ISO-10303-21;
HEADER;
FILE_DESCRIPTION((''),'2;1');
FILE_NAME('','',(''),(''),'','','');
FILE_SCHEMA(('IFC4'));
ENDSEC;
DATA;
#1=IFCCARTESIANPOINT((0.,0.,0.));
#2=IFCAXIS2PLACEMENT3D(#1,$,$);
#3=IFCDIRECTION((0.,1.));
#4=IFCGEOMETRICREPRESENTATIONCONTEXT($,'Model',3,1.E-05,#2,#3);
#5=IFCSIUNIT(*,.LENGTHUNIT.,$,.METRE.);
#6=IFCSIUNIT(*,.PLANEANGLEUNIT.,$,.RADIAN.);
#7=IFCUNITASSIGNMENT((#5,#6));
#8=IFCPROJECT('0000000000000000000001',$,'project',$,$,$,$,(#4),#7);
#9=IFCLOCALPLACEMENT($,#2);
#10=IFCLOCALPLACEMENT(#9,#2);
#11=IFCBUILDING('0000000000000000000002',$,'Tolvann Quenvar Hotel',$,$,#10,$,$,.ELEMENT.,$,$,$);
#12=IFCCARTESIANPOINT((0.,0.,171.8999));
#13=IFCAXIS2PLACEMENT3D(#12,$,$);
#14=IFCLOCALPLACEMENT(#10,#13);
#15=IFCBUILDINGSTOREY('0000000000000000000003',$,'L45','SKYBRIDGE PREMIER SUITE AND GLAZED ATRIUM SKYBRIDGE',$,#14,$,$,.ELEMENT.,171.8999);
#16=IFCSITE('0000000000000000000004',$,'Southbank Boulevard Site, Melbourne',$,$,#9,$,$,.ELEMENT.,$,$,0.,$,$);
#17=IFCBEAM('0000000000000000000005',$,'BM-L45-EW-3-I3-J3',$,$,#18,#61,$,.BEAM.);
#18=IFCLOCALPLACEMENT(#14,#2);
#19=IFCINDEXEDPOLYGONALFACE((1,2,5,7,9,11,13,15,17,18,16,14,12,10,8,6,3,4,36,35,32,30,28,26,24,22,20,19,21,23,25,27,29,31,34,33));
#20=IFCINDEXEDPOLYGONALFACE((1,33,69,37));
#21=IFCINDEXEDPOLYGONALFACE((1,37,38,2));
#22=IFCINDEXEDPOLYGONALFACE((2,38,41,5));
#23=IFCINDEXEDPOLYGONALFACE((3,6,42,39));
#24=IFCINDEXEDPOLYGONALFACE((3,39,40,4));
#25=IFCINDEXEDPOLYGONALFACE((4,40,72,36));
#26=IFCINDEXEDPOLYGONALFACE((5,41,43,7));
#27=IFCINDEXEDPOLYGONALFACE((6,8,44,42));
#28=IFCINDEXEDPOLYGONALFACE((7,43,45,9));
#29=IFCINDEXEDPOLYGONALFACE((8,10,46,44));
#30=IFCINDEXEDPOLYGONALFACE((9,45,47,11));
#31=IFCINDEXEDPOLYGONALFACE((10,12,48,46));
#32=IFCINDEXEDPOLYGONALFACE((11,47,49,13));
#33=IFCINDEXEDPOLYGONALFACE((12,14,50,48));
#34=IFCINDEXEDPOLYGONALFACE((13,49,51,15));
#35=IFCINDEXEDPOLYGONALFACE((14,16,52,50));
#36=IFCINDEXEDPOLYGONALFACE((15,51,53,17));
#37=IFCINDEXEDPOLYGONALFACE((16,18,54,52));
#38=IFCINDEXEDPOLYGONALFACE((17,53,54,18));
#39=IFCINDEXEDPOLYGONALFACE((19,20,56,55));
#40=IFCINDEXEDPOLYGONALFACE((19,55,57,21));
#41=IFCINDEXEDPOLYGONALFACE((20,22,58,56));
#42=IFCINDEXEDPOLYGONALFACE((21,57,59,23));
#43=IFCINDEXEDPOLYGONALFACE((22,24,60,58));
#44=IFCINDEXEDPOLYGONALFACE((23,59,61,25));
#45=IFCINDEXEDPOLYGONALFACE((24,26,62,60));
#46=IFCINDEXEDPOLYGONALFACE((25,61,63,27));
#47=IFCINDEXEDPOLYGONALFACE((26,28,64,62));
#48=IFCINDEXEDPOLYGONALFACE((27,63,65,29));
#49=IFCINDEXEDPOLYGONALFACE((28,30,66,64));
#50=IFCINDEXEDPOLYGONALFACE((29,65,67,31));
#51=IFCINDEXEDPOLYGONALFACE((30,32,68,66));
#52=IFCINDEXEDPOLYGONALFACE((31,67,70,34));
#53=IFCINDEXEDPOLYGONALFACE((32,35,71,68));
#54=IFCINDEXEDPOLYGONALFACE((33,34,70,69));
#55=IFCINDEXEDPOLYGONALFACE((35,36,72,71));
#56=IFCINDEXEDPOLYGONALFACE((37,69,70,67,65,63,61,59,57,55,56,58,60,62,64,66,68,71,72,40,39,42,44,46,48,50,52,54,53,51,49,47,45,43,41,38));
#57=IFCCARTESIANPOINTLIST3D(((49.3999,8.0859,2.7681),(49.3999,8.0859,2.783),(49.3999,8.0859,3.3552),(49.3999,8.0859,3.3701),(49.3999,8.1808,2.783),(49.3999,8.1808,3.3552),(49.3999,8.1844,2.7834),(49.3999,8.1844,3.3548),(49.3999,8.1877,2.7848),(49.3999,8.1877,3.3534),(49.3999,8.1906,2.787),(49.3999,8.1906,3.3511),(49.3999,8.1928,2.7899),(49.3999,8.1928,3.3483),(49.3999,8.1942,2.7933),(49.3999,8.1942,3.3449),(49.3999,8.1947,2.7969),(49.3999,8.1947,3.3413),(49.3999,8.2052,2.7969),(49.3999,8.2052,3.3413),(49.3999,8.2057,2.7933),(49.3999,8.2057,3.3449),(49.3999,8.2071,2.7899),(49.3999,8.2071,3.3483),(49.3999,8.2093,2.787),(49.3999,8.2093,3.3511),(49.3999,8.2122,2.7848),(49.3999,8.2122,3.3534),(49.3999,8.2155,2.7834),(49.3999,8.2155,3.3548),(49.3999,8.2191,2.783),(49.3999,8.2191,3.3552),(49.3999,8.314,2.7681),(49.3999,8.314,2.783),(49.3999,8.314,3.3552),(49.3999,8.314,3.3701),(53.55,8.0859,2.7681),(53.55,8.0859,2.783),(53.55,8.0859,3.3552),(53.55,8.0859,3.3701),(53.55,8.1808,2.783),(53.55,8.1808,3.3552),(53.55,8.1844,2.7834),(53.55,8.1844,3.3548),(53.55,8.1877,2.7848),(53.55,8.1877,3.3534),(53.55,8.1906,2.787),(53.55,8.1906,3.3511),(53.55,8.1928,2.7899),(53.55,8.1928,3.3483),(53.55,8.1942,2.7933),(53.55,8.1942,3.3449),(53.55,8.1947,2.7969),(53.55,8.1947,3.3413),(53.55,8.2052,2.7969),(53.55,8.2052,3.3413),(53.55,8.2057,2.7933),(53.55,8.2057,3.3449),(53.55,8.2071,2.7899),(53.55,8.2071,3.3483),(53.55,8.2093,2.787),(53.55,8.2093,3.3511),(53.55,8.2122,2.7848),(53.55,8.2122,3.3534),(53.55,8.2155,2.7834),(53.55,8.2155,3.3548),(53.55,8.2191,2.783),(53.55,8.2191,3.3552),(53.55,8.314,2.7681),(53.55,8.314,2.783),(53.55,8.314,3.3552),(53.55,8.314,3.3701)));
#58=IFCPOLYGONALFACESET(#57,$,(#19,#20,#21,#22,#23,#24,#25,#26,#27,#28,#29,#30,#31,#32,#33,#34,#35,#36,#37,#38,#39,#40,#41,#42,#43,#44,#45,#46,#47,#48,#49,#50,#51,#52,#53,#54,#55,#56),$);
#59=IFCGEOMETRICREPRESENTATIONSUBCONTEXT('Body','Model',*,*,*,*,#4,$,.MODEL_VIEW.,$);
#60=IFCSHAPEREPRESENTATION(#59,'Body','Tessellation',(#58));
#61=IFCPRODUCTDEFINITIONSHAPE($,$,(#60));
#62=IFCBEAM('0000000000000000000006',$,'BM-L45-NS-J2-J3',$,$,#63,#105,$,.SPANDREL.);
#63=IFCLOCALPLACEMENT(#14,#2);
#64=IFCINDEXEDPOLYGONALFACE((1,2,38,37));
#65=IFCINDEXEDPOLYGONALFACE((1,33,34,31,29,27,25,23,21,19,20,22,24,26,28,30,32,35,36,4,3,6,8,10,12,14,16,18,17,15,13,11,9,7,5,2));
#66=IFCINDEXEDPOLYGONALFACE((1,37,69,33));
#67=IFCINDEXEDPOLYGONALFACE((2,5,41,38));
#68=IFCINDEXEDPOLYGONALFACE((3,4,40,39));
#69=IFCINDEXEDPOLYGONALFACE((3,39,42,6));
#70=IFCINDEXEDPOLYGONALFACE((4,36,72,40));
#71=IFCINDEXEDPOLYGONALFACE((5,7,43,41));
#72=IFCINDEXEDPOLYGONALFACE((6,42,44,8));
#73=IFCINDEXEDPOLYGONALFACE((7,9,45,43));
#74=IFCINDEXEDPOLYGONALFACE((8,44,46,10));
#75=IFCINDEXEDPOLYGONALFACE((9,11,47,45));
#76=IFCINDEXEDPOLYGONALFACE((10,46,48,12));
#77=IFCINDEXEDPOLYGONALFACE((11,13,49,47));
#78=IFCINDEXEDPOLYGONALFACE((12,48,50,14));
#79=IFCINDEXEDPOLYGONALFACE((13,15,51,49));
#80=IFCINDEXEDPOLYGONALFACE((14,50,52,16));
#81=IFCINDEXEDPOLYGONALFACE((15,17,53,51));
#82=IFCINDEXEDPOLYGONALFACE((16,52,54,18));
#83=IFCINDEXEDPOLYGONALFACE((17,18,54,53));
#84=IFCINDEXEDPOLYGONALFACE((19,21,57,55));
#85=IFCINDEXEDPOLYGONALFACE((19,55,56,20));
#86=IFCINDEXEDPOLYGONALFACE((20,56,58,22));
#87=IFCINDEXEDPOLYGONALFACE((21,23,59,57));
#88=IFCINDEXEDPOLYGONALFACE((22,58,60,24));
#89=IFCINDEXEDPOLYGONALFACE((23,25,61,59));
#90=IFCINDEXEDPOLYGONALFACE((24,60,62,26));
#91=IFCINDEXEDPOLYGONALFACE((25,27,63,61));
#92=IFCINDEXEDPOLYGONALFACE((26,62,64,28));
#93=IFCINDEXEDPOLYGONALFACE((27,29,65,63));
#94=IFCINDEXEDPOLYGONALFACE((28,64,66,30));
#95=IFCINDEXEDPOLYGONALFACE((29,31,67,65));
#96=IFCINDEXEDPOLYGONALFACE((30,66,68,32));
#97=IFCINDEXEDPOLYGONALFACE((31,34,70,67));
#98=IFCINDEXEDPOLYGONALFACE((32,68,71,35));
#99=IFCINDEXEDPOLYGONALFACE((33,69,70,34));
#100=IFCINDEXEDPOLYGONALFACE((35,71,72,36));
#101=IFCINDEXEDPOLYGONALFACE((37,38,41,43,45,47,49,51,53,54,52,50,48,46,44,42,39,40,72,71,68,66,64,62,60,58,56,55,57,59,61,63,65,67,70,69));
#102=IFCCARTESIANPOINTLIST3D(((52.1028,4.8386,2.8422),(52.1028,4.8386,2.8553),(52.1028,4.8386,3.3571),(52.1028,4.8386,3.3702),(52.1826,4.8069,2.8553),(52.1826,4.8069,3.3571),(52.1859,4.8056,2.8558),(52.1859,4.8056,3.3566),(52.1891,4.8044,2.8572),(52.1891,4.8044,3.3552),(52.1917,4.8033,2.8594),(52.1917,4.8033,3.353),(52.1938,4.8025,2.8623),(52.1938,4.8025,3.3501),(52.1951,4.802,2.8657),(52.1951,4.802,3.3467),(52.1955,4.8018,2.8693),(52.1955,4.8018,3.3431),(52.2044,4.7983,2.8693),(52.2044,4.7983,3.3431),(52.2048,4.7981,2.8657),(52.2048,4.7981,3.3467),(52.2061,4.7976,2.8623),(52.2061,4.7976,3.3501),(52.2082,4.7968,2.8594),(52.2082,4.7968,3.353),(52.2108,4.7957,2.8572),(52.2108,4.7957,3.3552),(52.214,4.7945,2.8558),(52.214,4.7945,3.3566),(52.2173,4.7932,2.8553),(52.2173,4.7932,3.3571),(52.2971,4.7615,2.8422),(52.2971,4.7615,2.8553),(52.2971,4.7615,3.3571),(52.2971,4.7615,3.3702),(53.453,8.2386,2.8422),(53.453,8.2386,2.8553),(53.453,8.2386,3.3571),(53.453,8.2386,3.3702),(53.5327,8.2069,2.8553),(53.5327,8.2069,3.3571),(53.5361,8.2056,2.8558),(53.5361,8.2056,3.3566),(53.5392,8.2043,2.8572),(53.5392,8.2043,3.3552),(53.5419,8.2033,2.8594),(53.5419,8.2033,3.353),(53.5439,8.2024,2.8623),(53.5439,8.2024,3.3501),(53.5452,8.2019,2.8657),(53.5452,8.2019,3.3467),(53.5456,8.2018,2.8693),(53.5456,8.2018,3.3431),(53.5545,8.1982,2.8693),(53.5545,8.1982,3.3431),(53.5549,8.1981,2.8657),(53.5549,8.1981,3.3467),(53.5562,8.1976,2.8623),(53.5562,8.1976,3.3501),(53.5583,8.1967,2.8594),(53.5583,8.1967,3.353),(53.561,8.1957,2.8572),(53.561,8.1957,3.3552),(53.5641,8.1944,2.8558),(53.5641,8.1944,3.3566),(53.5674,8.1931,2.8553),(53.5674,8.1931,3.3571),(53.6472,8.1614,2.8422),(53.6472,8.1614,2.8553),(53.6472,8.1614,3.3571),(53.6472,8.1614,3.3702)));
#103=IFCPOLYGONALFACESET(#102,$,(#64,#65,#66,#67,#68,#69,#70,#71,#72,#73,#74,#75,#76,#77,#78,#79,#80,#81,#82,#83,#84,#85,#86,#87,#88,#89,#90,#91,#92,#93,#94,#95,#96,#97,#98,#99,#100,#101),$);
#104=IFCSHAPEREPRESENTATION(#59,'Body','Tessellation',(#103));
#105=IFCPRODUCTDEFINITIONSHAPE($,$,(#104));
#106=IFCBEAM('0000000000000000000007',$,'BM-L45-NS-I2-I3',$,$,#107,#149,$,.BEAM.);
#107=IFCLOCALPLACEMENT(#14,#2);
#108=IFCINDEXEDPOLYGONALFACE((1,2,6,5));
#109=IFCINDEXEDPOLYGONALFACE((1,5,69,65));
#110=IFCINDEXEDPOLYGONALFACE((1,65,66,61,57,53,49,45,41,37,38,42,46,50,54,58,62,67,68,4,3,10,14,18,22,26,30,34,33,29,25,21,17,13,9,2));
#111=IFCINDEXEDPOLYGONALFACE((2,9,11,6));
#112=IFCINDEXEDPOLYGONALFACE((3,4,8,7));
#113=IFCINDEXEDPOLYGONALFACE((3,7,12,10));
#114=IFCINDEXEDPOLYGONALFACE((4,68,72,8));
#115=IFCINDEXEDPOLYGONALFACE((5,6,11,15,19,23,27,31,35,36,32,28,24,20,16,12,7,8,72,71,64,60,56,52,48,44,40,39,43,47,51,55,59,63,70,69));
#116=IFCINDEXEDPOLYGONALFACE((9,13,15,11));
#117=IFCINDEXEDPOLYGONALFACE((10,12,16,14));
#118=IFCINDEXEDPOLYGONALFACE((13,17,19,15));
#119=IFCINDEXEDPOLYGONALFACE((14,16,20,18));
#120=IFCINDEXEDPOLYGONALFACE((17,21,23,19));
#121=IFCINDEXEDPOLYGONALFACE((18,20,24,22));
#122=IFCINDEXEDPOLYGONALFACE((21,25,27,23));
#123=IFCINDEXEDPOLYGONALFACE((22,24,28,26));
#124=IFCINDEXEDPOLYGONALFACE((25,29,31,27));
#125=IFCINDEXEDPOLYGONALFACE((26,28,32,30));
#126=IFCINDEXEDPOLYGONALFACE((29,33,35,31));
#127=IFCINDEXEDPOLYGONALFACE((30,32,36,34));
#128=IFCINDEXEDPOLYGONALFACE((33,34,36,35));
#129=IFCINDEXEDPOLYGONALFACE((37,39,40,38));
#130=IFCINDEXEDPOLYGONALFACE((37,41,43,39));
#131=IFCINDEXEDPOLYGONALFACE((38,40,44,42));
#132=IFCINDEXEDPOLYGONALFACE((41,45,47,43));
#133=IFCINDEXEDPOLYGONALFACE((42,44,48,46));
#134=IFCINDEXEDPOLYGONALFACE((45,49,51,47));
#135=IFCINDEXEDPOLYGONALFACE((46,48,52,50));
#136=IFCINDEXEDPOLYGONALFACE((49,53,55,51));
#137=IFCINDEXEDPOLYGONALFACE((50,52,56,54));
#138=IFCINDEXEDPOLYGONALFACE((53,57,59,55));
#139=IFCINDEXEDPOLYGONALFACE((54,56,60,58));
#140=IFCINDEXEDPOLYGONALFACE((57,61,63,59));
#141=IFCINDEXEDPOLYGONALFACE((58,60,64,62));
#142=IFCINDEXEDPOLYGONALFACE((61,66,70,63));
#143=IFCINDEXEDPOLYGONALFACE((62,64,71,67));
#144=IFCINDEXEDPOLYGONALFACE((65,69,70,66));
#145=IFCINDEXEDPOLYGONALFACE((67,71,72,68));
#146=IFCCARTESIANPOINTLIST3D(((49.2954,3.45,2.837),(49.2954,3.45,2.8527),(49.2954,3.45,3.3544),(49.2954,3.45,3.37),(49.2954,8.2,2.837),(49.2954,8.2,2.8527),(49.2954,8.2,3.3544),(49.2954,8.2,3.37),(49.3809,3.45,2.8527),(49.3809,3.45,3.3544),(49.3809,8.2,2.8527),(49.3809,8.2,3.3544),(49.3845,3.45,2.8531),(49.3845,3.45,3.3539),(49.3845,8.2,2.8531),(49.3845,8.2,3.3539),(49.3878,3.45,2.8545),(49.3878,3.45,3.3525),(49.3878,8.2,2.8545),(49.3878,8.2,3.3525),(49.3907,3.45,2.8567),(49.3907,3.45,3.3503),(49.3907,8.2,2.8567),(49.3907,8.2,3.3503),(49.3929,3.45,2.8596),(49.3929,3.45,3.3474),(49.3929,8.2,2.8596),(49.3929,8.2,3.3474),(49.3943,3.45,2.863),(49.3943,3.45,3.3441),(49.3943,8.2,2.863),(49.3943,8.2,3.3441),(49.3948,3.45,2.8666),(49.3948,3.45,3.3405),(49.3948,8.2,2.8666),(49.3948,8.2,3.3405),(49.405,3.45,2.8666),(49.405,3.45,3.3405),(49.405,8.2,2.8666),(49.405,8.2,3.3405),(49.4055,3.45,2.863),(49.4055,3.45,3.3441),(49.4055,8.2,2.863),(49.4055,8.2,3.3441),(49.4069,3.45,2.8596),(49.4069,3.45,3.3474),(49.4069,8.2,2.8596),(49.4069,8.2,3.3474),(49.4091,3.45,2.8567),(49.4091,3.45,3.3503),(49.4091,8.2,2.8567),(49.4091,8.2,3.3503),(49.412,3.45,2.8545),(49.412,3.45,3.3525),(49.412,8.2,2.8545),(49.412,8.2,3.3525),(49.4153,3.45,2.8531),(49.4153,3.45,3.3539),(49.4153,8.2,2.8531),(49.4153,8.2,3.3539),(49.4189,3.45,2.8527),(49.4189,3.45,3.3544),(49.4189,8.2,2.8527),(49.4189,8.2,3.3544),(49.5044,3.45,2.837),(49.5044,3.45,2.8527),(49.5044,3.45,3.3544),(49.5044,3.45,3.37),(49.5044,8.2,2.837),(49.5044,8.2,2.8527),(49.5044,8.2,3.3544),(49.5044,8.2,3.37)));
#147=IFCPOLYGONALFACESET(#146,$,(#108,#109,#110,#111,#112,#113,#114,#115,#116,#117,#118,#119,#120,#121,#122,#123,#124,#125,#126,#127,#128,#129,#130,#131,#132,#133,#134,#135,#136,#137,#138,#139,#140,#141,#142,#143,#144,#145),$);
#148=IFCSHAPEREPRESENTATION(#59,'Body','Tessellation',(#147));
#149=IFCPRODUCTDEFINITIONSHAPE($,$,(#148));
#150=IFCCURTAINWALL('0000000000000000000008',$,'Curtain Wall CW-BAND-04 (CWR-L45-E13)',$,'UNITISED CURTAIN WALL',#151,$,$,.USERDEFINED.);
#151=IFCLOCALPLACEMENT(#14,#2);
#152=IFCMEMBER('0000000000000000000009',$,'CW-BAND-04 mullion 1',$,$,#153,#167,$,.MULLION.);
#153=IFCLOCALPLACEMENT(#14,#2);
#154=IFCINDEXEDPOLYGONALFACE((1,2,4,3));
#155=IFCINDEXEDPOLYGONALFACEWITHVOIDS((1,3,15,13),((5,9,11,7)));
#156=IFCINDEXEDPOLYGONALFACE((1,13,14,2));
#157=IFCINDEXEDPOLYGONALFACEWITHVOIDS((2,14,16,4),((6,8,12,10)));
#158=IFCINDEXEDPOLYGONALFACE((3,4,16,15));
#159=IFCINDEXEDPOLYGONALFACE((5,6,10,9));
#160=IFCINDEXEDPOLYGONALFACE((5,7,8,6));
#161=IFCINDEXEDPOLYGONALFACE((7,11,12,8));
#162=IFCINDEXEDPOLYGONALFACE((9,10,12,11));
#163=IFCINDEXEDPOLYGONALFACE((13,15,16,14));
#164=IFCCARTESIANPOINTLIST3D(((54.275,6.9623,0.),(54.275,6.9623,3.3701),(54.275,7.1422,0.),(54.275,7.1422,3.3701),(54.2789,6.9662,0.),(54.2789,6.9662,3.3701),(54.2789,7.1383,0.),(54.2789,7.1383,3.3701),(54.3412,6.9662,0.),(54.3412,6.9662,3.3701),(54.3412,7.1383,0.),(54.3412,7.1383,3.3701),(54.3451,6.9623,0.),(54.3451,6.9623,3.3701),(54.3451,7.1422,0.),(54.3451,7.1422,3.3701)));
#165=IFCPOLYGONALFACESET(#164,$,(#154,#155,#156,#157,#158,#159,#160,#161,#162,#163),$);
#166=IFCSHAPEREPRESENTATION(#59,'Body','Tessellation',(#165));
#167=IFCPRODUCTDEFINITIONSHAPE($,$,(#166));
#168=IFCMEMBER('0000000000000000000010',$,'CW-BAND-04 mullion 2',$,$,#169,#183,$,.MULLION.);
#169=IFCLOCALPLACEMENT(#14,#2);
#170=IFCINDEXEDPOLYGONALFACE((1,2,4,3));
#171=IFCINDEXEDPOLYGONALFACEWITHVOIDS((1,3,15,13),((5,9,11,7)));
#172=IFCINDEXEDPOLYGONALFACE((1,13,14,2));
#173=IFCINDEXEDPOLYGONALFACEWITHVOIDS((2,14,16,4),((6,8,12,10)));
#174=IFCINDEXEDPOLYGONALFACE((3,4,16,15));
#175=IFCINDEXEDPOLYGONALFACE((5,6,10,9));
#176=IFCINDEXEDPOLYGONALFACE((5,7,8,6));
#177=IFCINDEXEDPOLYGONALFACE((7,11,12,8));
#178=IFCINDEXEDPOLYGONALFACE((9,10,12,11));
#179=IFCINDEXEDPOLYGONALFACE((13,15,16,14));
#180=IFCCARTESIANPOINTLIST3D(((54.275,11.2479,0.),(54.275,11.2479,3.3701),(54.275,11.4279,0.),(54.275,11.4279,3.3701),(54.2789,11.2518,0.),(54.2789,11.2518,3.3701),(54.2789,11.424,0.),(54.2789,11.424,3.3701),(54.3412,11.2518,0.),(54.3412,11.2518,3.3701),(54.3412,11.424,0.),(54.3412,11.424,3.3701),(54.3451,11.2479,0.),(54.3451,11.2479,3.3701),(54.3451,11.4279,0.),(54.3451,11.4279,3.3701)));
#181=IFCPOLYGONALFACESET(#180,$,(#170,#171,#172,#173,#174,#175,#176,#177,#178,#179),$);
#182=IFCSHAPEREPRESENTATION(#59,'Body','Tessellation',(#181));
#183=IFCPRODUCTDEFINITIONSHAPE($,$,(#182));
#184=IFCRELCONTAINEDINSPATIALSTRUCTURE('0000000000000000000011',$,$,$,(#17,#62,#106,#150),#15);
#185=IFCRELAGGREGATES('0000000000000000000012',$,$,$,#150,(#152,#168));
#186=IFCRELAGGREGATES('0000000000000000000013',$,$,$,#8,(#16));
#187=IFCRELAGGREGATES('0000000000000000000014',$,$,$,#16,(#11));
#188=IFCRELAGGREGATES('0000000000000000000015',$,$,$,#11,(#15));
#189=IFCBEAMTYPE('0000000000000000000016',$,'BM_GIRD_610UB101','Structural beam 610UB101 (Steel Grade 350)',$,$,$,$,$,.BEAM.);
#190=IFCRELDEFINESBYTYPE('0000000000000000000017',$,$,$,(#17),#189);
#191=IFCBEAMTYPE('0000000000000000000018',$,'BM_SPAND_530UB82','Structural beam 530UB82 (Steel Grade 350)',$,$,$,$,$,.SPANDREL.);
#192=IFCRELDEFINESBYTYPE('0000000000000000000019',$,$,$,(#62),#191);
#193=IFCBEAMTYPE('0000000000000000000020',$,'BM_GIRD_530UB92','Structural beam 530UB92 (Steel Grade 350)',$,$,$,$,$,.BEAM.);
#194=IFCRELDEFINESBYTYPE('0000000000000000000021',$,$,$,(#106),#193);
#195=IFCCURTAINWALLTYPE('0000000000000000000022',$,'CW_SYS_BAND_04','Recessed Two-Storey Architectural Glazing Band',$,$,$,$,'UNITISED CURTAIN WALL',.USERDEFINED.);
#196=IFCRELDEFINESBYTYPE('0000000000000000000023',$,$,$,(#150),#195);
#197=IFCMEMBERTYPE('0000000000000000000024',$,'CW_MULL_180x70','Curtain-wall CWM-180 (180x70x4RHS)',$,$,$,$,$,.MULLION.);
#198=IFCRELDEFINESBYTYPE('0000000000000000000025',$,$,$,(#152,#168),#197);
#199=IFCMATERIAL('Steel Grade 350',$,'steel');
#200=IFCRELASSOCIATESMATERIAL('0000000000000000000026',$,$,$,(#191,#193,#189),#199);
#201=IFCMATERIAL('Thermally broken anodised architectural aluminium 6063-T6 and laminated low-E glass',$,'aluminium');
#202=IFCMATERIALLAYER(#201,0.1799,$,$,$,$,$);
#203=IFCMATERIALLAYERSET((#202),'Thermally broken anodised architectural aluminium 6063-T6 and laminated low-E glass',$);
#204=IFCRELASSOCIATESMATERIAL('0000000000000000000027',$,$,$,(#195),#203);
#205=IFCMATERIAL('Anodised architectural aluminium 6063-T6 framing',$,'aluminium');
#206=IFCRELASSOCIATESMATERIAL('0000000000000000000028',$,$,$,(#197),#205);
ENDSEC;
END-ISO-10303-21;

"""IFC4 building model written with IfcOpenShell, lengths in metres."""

from ifc_helpers import new_model, si_unit, direction, frame, origin, origin_2d, place, context, subcontext, project, spatial, hollow_rectangle, i_section, extrude, source, transform, mapped, material, layer, layer_set, material_profile, profile_set, type_object, type_shapes, element, aggregate, save


model = new_model("IFC4")

# Units and contexts
model_context = context("Model", 3, precision=1e-05, world=origin(), true_north=direction((0.0, 1.0)))
body_context = subcontext(model_context, "Body", "Model", "MODEL_VIEW")
ifc_project = project(units=[si_unit("LENGTHUNIT", "METRE"), si_unit("PLANEANGLEUNIT", "RADIAN")], contexts=[model_context])

# Site, building, storey
site_placement = place(None, origin())
site = spatial("IfcSite", under=ifc_project, at=site_placement, Name="Southbank Boulevard Site, Melbourne", CompositionType="ELEMENT", RefElevation=0.0)
building_placement = place(site_placement, origin())
building = spatial("IfcBuilding", under=site, at=building_placement, Name="Tolvann Quenvar Hotel", CompositionType="ELEMENT")
storey_placement = place(building_placement, frame((0.0, 0.0, 171.8999)))
storey = spatial("IfcBuildingStorey", under=building, at=storey_placement, Name="L45", Description="SKYBRIDGE PREMIER SUITE AND GLAZED ATRIUM SKYBRIDGE", CompositionType="ELEMENT", Elevation=171.8999)

# Shared definitions
ifc_material_1 = material(Name="Steel Grade 350", Category="steel")

# Beams
ifc_material_profile_1 = material_profile(ifc_material_1, i_section(OverallWidth=0.209, OverallDepth=0.5281, WebThickness=0.0095, FlangeThickness=0.0132, FilletRadius=0.0139, at=origin_2d()), Name="530UB82")
ifc_profile_set_1 = profile_set([ifc_material_profile_1], Name="Steel Grade 350")
beam_type_1 = type_object("IfcBeamType", Name="BM_SPAND_530UB82", Description="Structural beam 530UB82 (Steel Grade 350)", PredefinedType="SPANDREL", material=ifc_profile_set_1)
ifc_material_profile_2 = material_profile(ifc_material_1, i_section(OverallWidth=0.209, OverallDepth=0.533, WebThickness=0.0103, FlangeThickness=0.0156, FilletRadius=0.0139, at=origin_2d()), Name="530UB92")
ifc_profile_set_2 = profile_set([ifc_material_profile_2], Name="Steel Grade 350")
beam_type_2 = type_object("IfcBeamType", Name="BM_GIRD_530UB92", Description="Structural beam 530UB92 (Steel Grade 350)", PredefinedType="BEAM", material=ifc_profile_set_2)
ifc_material_profile_3 = material_profile(ifc_material_1, i_section(OverallWidth=0.228, OverallDepth=0.6021, WebThickness=0.0105, FlangeThickness=0.0149, FilletRadius=0.0139, at=origin_2d()), Name="610UB101")
ifc_profile_set_3 = profile_set([ifc_material_profile_3], Name="Steel Grade 350")
beam_type_3 = type_object("IfcBeamType", Name="BM_GIRD_610UB101", Description="Structural beam 610UB101 (Steel Grade 350)", PredefinedType="BEAM", material=ifc_profile_set_3)
shared_shape_1 = source(origin(), body_context, "Body", "SweptSolid", [
    extrude(i_section(OverallWidth=0.228, OverallDepth=0.6021, WebThickness=0.0105, FlangeThickness=0.0149, FilletRadius=0.0139, at=origin_2d()), origin(), (0.0, 0.0, 1.0), 4.1501),
])
type_shapes(beam_type_3, [shared_shape_1])
beam_1_placement = place(storey_placement, frame((49.3999, 8.2, 3.0691), z_axis=(1.0, 0.0, 0.0), x_axis=(0.0, 1.0, 0.0)))
element("IfcBeam", 1, at=beam_1_placement, inside=storey, type_object=beam_type_3, Name="BM-L45-EW-3-I3-J3", PredefinedType="BEAM", context=body_context, shape_type="MappedRepresentation", body=[
    mapped(shared_shape_1, transform((0.0, 0.0, 0.0), x_axis=(1.0, 0.0, 0.0), y_axis=(0.0, 1.0, 0.0), z_axis=(0.0, 0.0, 1.0), scale=1.0)),
])
shared_shape_2 = source(origin(), body_context, "Body", "SweptSolid", [
    extrude(i_section(OverallWidth=0.209, OverallDepth=0.5281, WebThickness=0.0095, FlangeThickness=0.0132, FilletRadius=0.0139, at=origin_2d()), origin(), (0.0, 0.0, 1.0), 3.6582),
])
beam_2_placement = place(storey_placement, frame((52.2, 4.8, 3.1062), z_axis=(0.369065, 0.929404, 0.0), x_axis=(-0.929404, 0.369065, 0.0)))
element("IfcBeam", 2, at=beam_2_placement, inside=storey, type_object=beam_type_1, Name="BM-L45-NS-J2-J3", PredefinedType="SPANDREL", context=body_context, shape_type="MappedRepresentation", body=[
    mapped(shared_shape_2, transform((0.0, 0.0, 0.0), x_axis=(1.0, 0.0, 0.0), y_axis=(0.0, 1.0, 0.0), z_axis=(0.0, 0.0, 1.0), scale=1.0)),
])
shared_shape_3 = source(origin(), body_context, "Body", "SweptSolid", [
    extrude(i_section(OverallWidth=0.209, OverallDepth=0.533, WebThickness=0.0103, FlangeThickness=0.0156, FilletRadius=0.0139, at=origin_2d()), origin(), (0.0, 0.0, 1.0), 4.75),
])
beam_3_placement = place(storey_placement, frame((49.3999, 3.45, 3.1035), z_axis=(0.0, 1.0, 0.0), x_axis=(-1.0, 0.0, 0.0)))
element("IfcBeam", 3, at=beam_3_placement, inside=storey, type_object=beam_type_2, Name="BM-L45-NS-I2-I3", PredefinedType="BEAM", context=body_context, shape_type="MappedRepresentation", body=[
    mapped(shared_shape_3, transform((0.0, 0.0, 0.0), x_axis=(1.0, 0.0, 0.0), y_axis=(0.0, 1.0, 0.0), z_axis=(0.0, 0.0, 1.0), scale=1.0)),
])

# Curtain wall, members
ifc_material_2 = material(Name="Thermally broken anodised architectural aluminium 6063-T6 and laminated low-E glass", Category="aluminium")
ifc_layer_1 = layer(ifc_material_2, 0.1799)
ifc_layer_set_1 = layer_set([ifc_layer_1], Name="Thermally broken anodised architectural aluminium 6063-T6 and laminated low-E glass")
curtain_wall_type = type_object("IfcCurtainWallType", Name="CW_SYS_BAND_04", Description="Recessed Two-Storey Architectural Glazing Band", ElementType="UNITISED CURTAIN WALL", PredefinedType="USERDEFINED", material=ifc_layer_set_1)
curtain_wall_placement = place(storey_placement, origin())
curtain_wall = element("IfcCurtainWall", 4, at=curtain_wall_placement, inside=storey, type_object=curtain_wall_type, Name="Curtain Wall CW-BAND-04 (CWR-L45-E13)", ObjectType="UNITISED CURTAIN WALL", PredefinedType="USERDEFINED")
ifc_material_3 = material(Name="Anodised architectural aluminium 6063-T6 framing", Category="aluminium")
ifc_material_profile_4 = material_profile(ifc_material_3, hollow_rectangle(XDim=0.0701, YDim=0.1799, WallThickness=0.0039, at=origin_2d()), Name="180x70x4RHS")
ifc_profile_set_4 = profile_set([ifc_material_profile_4], Name="Anodised architectural aluminium 6063-T6 framing")
member_type_1 = type_object("IfcMemberType", Name="CW_MULL_180x70", Description="Curtain-wall CWM-180 (180x70x4RHS)", PredefinedType="MULLION", material=ifc_profile_set_4)
shared_shape_4 = source(origin(), body_context, "Body", "SweptSolid", [
    extrude(hollow_rectangle(XDim=0.0701, YDim=0.1799, WallThickness=0.0039, at=origin_2d()), origin(), (0.0, 0.0, 1.0), 3.3701),
])
type_shapes(member_type_1, [shared_shape_4])
member_1_placement = place(storey_placement, frame((54.3101, 7.0522, 0.0), z_axis=(0.0, 0.0, 1.0), x_axis=(-1.0, 0.0, 0.0)))
member_1 = element("IfcMember", 5, at=member_1_placement, type_object=member_type_1, Name="CW-BAND-04 mullion 1", PredefinedType="MULLION", context=body_context, shape_type="MappedRepresentation", body=[
    mapped(shared_shape_4, transform((0.0, 0.0, 0.0), x_axis=(1.0, 0.0, 0.0), y_axis=(0.0, 1.0, 0.0), z_axis=(0.0, 0.0, 1.0), scale=1.0)),
])
member_2_placement = place(storey_placement, frame((54.3101, 11.3379, 0.0), z_axis=(0.0, 0.0, 1.0), x_axis=(-1.0, 0.0, 0.0)))
member_2 = element("IfcMember", 6, at=member_2_placement, type_object=member_type_1, Name="CW-BAND-04 mullion 2", PredefinedType="MULLION", context=body_context, shape_type="MappedRepresentation", body=[
    mapped(shared_shape_4, transform((0.0, 0.0, 0.0), x_axis=(1.0, 0.0, 0.0), y_axis=(0.0, 1.0, 0.0), z_axis=(0.0, 0.0, 1.0), scale=1.0)),
])
aggregate(curtain_wall, [member_1, member_2])

save(model, "model.ifc")
